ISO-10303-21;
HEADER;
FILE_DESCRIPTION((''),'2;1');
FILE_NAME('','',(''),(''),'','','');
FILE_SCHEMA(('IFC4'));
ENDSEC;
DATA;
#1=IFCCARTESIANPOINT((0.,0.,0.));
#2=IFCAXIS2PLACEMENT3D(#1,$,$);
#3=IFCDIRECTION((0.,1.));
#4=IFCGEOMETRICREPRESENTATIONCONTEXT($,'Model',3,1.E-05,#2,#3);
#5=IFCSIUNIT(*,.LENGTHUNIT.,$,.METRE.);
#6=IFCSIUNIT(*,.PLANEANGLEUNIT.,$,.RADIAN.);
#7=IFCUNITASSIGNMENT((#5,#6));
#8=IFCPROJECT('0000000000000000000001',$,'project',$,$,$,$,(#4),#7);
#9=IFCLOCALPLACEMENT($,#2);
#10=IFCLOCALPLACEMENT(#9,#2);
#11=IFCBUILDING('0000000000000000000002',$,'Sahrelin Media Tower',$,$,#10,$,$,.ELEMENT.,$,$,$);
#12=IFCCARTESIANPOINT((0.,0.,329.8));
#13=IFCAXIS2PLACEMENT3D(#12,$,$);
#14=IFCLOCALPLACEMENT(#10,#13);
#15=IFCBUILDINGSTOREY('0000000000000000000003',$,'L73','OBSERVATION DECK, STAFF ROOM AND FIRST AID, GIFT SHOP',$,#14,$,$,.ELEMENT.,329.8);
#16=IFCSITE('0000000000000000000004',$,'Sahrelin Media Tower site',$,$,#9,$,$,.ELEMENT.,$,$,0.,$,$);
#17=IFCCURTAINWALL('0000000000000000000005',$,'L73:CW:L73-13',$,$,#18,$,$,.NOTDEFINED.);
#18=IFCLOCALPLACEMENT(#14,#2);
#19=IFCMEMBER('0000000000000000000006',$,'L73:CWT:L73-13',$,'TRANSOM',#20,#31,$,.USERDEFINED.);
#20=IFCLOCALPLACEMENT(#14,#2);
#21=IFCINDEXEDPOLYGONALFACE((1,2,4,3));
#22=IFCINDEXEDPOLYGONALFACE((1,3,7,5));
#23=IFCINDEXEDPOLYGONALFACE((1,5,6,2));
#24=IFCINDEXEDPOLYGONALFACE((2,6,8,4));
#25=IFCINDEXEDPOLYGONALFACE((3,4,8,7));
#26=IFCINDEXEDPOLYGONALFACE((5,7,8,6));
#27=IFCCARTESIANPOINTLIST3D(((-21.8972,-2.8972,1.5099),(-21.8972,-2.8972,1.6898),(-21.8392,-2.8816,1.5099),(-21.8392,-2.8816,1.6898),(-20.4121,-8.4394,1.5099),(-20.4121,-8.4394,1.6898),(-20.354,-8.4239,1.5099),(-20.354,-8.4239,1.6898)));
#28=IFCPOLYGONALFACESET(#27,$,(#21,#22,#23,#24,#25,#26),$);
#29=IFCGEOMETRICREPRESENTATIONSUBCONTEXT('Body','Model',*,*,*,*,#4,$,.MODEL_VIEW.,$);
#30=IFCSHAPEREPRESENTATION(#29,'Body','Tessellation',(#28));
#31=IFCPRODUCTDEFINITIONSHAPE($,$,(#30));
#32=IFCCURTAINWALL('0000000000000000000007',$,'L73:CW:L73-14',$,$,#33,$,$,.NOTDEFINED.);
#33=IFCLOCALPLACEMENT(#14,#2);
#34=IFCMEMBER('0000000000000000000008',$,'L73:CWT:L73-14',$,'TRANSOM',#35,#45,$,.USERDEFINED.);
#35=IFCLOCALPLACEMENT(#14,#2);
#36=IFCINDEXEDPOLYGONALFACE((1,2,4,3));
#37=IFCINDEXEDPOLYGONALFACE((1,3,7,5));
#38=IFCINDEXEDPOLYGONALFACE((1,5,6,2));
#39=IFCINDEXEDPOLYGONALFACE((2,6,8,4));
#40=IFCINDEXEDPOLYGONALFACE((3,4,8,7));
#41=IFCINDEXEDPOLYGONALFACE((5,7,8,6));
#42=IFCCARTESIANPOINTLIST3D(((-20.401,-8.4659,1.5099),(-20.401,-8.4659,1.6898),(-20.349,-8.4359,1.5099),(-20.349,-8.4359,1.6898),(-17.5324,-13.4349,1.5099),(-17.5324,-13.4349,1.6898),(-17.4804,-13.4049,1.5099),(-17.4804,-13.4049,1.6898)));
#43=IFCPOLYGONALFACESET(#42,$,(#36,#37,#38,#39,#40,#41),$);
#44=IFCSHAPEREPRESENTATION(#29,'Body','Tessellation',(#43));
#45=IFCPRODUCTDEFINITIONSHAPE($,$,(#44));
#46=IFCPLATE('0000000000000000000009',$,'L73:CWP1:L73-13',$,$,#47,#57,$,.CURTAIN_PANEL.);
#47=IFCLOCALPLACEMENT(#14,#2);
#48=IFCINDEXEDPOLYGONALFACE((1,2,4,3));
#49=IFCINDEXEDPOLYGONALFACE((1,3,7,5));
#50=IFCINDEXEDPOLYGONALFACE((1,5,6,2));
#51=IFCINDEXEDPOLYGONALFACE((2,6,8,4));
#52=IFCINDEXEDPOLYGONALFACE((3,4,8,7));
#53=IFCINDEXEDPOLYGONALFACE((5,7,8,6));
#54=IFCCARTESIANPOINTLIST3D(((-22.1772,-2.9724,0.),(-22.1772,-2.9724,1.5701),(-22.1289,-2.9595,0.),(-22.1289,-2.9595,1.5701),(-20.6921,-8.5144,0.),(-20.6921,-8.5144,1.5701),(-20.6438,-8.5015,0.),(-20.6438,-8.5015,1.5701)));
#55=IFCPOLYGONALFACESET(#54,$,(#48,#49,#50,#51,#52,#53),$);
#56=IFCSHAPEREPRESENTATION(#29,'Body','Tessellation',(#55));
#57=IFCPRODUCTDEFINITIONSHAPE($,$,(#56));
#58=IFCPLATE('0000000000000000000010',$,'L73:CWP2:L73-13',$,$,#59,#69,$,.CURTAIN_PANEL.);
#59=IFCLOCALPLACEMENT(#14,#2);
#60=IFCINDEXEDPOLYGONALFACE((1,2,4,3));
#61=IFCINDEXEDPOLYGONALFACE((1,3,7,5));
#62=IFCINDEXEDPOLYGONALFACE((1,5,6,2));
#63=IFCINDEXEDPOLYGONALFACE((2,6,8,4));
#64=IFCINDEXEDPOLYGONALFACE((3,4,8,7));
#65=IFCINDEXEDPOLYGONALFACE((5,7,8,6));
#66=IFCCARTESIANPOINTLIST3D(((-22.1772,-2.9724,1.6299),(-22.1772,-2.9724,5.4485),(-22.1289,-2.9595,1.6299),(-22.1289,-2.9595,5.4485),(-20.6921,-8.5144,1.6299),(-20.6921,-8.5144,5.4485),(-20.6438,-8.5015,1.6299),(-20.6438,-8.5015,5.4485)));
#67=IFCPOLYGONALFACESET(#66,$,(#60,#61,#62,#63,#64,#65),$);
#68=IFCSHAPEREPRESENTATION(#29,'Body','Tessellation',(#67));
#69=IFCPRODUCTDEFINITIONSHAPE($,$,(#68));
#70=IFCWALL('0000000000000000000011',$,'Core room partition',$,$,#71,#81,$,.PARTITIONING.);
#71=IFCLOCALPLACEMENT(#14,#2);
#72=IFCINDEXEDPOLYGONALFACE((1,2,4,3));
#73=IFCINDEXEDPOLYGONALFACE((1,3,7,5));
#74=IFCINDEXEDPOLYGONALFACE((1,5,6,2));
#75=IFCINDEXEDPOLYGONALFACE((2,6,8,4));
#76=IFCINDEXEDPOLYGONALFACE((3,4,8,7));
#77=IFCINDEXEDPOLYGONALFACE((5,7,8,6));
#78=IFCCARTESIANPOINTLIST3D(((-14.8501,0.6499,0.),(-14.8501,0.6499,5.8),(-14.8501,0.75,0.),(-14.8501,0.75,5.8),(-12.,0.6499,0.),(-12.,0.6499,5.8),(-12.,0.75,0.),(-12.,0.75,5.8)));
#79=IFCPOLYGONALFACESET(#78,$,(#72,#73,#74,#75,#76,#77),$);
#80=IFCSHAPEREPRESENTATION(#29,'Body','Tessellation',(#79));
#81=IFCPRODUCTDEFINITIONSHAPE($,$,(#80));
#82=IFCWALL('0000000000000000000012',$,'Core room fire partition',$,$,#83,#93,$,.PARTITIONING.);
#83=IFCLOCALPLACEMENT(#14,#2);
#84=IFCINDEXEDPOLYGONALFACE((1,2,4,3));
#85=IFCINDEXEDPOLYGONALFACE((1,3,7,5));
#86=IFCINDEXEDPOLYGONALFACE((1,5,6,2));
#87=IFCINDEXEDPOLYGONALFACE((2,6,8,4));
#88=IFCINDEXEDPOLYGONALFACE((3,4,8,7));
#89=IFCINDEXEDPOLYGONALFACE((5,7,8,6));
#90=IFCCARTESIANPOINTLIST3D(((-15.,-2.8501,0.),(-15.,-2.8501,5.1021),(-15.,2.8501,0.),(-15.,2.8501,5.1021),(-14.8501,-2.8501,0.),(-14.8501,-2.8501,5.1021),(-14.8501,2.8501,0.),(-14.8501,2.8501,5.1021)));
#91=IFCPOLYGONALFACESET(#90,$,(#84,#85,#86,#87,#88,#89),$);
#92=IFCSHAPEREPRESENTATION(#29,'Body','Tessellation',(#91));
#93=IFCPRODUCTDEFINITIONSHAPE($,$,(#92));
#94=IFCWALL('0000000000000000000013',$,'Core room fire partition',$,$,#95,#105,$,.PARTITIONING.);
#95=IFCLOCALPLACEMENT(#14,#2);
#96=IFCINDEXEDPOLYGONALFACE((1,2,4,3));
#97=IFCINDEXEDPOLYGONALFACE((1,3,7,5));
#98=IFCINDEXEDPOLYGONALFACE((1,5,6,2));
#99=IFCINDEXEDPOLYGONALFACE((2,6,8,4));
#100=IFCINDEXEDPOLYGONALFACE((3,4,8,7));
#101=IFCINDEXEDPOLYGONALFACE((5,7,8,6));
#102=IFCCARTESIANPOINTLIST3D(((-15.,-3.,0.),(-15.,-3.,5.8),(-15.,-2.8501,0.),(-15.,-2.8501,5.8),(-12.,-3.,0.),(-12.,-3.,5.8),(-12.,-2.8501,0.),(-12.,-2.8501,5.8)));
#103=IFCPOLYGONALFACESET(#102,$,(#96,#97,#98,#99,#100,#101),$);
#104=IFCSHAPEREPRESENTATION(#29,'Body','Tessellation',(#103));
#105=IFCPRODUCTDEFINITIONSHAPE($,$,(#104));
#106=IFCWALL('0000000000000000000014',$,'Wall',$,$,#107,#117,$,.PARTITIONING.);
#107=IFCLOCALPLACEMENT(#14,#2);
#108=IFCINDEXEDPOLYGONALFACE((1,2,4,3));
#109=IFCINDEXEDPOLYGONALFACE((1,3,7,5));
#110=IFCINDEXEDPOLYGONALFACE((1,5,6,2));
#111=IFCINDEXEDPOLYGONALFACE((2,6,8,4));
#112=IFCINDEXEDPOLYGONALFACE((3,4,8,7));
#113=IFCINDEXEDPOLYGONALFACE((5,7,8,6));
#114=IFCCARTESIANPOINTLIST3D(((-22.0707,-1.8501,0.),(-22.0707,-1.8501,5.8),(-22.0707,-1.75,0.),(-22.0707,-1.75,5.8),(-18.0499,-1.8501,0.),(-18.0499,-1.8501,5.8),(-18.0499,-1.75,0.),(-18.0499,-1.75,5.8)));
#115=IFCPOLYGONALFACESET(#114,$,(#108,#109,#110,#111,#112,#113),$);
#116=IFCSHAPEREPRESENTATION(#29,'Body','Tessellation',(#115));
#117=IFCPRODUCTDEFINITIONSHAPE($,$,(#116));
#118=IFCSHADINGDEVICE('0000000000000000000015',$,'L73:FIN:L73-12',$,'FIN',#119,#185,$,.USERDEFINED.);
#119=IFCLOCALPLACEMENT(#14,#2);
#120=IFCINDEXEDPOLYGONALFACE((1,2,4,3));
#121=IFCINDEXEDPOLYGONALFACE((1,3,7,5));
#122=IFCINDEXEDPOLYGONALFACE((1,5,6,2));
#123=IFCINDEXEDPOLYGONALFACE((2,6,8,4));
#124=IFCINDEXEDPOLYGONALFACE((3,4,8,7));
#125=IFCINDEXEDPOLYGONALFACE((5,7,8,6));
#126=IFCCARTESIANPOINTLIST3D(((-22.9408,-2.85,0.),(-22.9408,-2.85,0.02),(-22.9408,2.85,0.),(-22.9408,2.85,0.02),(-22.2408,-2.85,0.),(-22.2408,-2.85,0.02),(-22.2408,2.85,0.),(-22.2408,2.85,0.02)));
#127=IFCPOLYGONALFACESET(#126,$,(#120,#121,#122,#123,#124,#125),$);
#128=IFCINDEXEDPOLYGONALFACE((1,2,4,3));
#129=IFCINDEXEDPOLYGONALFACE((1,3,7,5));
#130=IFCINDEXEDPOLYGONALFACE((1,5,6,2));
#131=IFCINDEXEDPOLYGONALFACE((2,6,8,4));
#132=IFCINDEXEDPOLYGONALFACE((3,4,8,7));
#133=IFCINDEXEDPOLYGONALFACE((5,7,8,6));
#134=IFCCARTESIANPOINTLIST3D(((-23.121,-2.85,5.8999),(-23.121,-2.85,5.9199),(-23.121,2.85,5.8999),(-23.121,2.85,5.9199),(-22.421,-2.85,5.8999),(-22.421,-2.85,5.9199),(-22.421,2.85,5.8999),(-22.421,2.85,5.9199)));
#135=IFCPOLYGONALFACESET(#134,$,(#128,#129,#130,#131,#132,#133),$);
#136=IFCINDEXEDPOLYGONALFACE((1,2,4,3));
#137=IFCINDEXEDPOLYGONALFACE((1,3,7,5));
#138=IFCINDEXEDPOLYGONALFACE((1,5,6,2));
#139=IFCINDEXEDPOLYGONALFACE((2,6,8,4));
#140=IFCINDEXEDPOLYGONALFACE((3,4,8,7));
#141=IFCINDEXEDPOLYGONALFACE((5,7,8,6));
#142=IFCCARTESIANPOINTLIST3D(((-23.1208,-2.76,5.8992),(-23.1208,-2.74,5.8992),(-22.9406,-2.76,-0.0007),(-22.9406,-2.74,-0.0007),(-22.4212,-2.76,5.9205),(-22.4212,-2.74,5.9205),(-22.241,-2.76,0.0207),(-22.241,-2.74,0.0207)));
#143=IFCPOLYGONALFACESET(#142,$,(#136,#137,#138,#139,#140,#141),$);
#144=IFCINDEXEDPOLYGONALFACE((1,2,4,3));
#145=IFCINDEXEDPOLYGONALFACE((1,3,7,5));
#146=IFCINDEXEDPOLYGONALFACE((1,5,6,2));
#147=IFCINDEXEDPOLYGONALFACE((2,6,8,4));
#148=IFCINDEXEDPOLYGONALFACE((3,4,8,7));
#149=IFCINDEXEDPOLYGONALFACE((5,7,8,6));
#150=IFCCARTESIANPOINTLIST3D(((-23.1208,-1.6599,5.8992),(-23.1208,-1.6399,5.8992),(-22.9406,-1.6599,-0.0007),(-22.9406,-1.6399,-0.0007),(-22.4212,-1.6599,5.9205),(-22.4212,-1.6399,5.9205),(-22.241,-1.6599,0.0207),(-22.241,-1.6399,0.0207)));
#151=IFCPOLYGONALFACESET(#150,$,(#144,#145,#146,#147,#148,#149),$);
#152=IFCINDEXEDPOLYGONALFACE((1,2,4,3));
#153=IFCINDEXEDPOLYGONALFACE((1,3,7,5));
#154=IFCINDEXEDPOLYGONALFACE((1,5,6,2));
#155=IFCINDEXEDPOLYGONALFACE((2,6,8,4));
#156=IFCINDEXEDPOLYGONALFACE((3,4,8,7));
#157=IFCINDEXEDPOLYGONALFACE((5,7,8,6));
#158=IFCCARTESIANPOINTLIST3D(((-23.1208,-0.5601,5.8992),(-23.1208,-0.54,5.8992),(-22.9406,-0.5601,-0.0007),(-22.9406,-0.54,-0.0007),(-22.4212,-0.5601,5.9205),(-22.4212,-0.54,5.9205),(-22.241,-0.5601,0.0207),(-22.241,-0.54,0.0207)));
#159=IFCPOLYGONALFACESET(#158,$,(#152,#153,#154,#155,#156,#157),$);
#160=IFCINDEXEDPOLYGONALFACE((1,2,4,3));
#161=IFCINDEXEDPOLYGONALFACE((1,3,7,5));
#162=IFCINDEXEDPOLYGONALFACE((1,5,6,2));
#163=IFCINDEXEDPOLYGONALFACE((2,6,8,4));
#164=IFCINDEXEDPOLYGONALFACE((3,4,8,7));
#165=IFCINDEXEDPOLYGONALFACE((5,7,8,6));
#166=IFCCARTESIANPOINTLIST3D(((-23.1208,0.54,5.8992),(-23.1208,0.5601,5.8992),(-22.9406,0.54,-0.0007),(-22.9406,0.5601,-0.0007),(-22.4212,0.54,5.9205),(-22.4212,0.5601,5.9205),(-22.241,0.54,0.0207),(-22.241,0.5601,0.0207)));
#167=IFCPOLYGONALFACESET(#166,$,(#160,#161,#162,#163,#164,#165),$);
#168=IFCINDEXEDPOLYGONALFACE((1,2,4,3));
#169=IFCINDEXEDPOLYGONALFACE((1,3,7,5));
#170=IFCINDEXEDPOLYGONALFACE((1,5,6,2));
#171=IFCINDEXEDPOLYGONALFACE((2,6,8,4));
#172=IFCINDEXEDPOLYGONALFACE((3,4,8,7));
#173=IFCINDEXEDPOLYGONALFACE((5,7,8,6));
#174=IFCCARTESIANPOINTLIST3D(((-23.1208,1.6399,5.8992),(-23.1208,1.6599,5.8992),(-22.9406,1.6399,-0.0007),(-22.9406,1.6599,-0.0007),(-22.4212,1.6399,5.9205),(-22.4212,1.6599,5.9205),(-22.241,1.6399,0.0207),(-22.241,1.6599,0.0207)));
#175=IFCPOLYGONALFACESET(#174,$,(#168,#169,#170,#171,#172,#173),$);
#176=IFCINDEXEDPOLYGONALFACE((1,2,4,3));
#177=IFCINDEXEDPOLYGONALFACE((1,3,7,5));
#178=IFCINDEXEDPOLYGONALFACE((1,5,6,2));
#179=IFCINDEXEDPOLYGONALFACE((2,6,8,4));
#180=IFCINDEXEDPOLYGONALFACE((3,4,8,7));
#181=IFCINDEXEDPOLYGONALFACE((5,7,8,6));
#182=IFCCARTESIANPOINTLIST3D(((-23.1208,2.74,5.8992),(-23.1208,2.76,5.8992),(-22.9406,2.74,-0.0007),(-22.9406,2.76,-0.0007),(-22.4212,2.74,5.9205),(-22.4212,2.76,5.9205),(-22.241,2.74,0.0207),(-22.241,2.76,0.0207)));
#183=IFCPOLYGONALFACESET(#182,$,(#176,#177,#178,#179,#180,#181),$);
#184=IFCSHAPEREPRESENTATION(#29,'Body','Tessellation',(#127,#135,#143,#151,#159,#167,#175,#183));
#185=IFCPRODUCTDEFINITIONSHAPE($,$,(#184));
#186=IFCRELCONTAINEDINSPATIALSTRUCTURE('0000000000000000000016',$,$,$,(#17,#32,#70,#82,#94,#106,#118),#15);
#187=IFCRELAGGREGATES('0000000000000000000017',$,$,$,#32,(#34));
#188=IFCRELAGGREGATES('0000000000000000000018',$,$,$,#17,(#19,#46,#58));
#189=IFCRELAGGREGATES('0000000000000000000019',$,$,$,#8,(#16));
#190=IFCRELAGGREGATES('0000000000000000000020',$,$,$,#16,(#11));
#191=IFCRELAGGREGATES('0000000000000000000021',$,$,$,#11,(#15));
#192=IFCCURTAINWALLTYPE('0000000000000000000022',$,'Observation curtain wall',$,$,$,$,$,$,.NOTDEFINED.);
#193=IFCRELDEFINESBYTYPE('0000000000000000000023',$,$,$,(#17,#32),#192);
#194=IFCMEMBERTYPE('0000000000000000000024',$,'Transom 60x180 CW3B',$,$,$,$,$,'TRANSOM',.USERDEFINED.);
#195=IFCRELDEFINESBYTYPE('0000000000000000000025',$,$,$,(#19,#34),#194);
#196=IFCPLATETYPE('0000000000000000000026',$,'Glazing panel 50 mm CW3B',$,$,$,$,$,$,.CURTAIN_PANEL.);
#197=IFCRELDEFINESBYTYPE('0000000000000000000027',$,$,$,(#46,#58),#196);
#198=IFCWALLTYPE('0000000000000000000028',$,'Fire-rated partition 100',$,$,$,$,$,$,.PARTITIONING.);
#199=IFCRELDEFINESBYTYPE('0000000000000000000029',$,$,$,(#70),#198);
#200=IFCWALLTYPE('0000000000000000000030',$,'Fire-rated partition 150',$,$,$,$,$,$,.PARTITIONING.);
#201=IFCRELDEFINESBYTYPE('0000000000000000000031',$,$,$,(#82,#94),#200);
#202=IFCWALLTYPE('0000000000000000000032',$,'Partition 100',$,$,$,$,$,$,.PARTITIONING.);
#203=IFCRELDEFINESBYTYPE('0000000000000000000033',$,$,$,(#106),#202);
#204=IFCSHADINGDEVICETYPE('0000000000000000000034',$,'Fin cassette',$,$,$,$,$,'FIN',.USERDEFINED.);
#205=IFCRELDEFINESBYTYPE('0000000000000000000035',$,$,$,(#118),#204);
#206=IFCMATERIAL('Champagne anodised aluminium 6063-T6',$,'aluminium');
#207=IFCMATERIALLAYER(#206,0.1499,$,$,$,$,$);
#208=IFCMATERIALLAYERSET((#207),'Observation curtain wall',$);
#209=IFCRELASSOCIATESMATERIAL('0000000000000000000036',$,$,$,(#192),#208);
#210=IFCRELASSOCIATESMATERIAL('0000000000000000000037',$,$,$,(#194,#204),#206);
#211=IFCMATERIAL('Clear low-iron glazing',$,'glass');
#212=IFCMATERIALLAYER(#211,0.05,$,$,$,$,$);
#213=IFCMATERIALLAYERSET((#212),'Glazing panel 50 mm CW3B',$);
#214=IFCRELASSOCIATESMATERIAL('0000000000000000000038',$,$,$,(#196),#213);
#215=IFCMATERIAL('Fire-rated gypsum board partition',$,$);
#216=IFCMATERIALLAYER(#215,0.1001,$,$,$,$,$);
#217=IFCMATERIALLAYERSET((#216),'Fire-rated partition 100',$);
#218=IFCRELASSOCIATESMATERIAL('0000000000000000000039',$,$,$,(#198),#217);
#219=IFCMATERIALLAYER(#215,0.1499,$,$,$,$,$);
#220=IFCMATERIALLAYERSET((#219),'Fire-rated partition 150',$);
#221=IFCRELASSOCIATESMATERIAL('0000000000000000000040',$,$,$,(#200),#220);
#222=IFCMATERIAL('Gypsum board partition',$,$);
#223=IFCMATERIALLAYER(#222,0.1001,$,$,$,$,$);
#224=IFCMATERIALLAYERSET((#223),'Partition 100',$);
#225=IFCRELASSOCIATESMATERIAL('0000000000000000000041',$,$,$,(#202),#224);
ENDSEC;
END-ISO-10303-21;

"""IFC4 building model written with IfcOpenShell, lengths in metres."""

from ifc_helpers import new_model, si_unit, direction, frame, frame_2d, origin, origin_2d, place, context, subcontext, project, spatial, polyline, rectangle, outline, extrude, material, layer, layer_set, material_profile, profile_set, type_object, element, aggregate, save


model = new_model("IFC4")

# Units and contexts
model_context = context("Model", 3, precision=1e-05, world=origin(), true_north=direction((0.0, 1.0)))
body_context = subcontext(model_context, "Body", "Model", "MODEL_VIEW")
ifc_project = project(units=[si_unit("LENGTHUNIT", "METRE"), si_unit("PLANEANGLEUNIT", "RADIAN")], contexts=[model_context])

# Site, building, storey
site_placement = place(None, origin())
site = spatial("IfcSite", under=ifc_project, at=site_placement, Name="Sahrelin Media Tower site", CompositionType="ELEMENT", RefElevation=0.0)
building_placement = place(site_placement, origin())
building = spatial("IfcBuilding", under=site, at=building_placement, Name="Sahrelin Media Tower", CompositionType="ELEMENT")
storey_placement = place(building_placement, frame((0.0, 0.0, 329.8)))
storey = spatial("IfcBuildingStorey", under=building, at=storey_placement, Name="L73", Description="OBSERVATION DECK, STAFF ROOM AND FIRST AID, GIFT SHOP", CompositionType="ELEMENT", Elevation=329.8)

# Curtain wall
ifc_material_1 = material(Name="Champagne anodised aluminium 6063-T6", Category="aluminium")
ifc_layer_1 = layer(ifc_material_1, 0.1499)
ifc_layer_set_1 = layer_set([ifc_layer_1], Name="Observation curtain wall")
curtain_wall_type = type_object("IfcCurtainWallType", Name="Observation curtain wall", PredefinedType="NOTDEFINED", material=ifc_layer_set_1)
curtain_wall_1_placement = place(storey_placement, frame((-21.4153, -5.7383, 0.0), z_axis=(0.0, 0.0, 1.0), x_axis=(1.0, 0.0, 0.0)))
curtain_wall_1 = element("IfcCurtainWall", 1, at=curtain_wall_1_placement, inside=storey, type_object=curtain_wall_type, Name="L73:CW:L73-13", PredefinedType="NOTDEFINED")

# Member
ifc_material_profile_1 = material_profile(ifc_material_1, rectangle(XDim=0.0601, YDim=0.1799, at=origin_2d()), Name="Transom 60x180")
ifc_profile_set_1 = profile_set([ifc_material_profile_1], Name="Champagne anodised aluminium 6063-T6")
member_type_1 = type_object("IfcMemberType", Name="Transom 60x180 CW3B", ElementType="TRANSOM", PredefinedType="USERDEFINED", material=ifc_profile_set_1)
member_1_placement = place(storey_placement, frame((-21.8682, -2.8894, 1.5999), z_axis=(0.25883, -0.965923, 0.0), x_axis=(0.965923, 0.25883, 0.0)))
member_1 = element("IfcMember", 2, at=member_1_placement, type_object=member_type_1, Name="L73:CWT:L73-13", ObjectType="TRANSOM", PredefinedType="USERDEFINED", context=body_context, shape_type="SweptSolid", body=[
    extrude(rectangle(XDim=0.0601, YDim=0.1799, at=origin_2d()), origin(), (0.0, 0.0, 1.0), 5.7378),
])

# Curtain wall, member
curtain_wall_2_placement = place(storey_placement, frame((-19.2004, -11.0854, 0.0), z_axis=(0.0, 0.0, 1.0), x_axis=(1.0, 0.0, 0.0)))
curtain_wall_2 = element("IfcCurtainWall", 3, at=curtain_wall_2_placement, inside=storey, type_object=curtain_wall_type, Name="L73:CW:L73-14", PredefinedType="NOTDEFINED")
member_2_placement = place(storey_placement, frame((-20.375, -8.4509, 1.5999), z_axis=(0.499974, -0.86604, 0.0), x_axis=(0.86604, 0.499974, 0.0)))
member_2 = element("IfcMember", 4, at=member_2_placement, type_object=member_type_1, Name="L73:CWT:L73-14", ObjectType="TRANSOM", PredefinedType="USERDEFINED", context=body_context, shape_type="SweptSolid", body=[
    extrude(rectangle(XDim=0.0601, YDim=0.1799, at=origin_2d()), origin(), (0.0, 0.0, 1.0), 5.7375),
])
aggregate(curtain_wall_2, [member_2])

# Plates
ifc_material_2 = material(Name="Clear low-iron glazing", Category="glass")
ifc_layer_2 = layer(ifc_material_2, 0.05)
ifc_layer_set_2 = layer_set([ifc_layer_2], Name="Glazing panel 50 mm CW3B")
plate_type = type_object("IfcPlateType", Name="Glazing panel 50 mm CW3B", PredefinedType="CURTAIN_PANEL", material=ifc_layer_set_2)
plate_1_placement = place(storey_placement, frame((-22.1772, -2.9724, 0.0), z_axis=(-0.96592, -0.258841, 0.0), x_axis=(0.258841, -0.96592, 0.0)))
plate_1 = element("IfcPlate", 5, at=plate_1_placement, type_object=plate_type, Name="L73:CWP1:L73-13", PredefinedType="CURTAIN_PANEL", context=body_context, shape_type="SweptSolid", body=[
    extrude(outline(polyline([(0.0, 0.0), (5.7375, 0.0), (5.7375, 1.5701), (0.0, 1.5701), (0.0, 0.0)])), origin(), (0.0, 0.0, -1.0), 0.05),
])
plate_2_placement = place(storey_placement, frame((-22.1772, -2.9724, 1.6299), z_axis=(-0.96592, -0.258841, 0.0), x_axis=(0.258841, -0.96592, 0.0)))
plate_2 = element("IfcPlate", 6, at=plate_2_placement, type_object=plate_type, Name="L73:CWP2:L73-13", PredefinedType="CURTAIN_PANEL", context=body_context, shape_type="SweptSolid", body=[
    extrude(outline(polyline([(0.0, 0.0), (5.7375, 0.0), (5.7375, 3.8186), (0.0, 3.8186), (0.0, 0.0)])), origin(), (0.0, 0.0, -1.0), 0.05),
])
aggregate(curtain_wall_1, [member_1, plate_1, plate_2])

# Walls
ifc_material_3 = material(Name="Fire-rated gypsum board partition")
ifc_layer_3 = layer(ifc_material_3, 0.1001)
ifc_layer_set_3 = layer_set([ifc_layer_3], Name="Fire-rated partition 100")
wall_type_1 = type_object("IfcWallType", Name="Fire-rated partition 100", PredefinedType="PARTITIONING", material=ifc_layer_set_3)
wall_1_placement = place(storey_placement, frame((-14.8501, 0.7, 0.0), z_axis=(0.0, 0.0, 1.0), x_axis=(1.0, 0.0, 0.0)))
element("IfcWall", 7, at=wall_1_placement, inside=storey, type_object=wall_type_1, Name="Core room partition", PredefinedType="PARTITIONING", context=body_context, shape_type="SweptSolid", body=[
    extrude(rectangle(XDim=2.8501, YDim=0.1001, at=frame_2d((1.425, 0.0))), origin(), (0.0, 0.0, 1.0), 5.8),
])
ifc_layer_4 = layer(ifc_material_3, 0.1499)
ifc_layer_set_4 = layer_set([ifc_layer_4], Name="Fire-rated partition 150")
wall_type_2 = type_object("IfcWallType", Name="Fire-rated partition 150", PredefinedType="PARTITIONING", material=ifc_layer_set_4)
wall_2_placement = place(storey_placement, frame((-14.925, -2.8501, 0.0), z_axis=(0.0, 0.0, 1.0), x_axis=(0.0, 1.0, 0.0)))
element("IfcWall", 8, at=wall_2_placement, inside=storey, type_object=wall_type_2, Name="Core room fire partition", PredefinedType="PARTITIONING", context=body_context, shape_type="SweptSolid", body=[
    extrude(rectangle(XDim=5.7002, YDim=0.1499, at=frame_2d((2.8501, 0.0))), origin(), (0.0, 0.0, 1.0), 5.1021),
])
wall_3_placement = place(storey_placement, frame((-15.0, -2.925, 0.0), z_axis=(0.0, 0.0, 1.0), x_axis=(1.0, 0.0, 0.0)))
element("IfcWall", 9, at=wall_3_placement, inside=storey, type_object=wall_type_2, Name="Core room fire partition", PredefinedType="PARTITIONING", context=body_context, shape_type="SweptSolid", body=[
    extrude(rectangle(XDim=3.0, YDim=0.1499, at=frame_2d((1.5, 0.0))), origin(), (0.0, 0.0, 1.0), 5.8),
])
ifc_material_4 = material(Name="Gypsum board partition")
ifc_layer_5 = layer(ifc_material_4, 0.1001)
ifc_layer_set_5 = layer_set([ifc_layer_5], Name="Partition 100")
wall_type_3 = type_object("IfcWallType", Name="Partition 100", PredefinedType="PARTITIONING", material=ifc_layer_set_5)
wall_4_placement = place(storey_placement, frame((-18.05, -1.8, 0.0), z_axis=(0.0, 0.0, 1.0), x_axis=(-1.0, 0.0, 0.0)))
element("IfcWall", 10, at=wall_4_placement, inside=storey, type_object=wall_type_3, Name="Wall", PredefinedType="PARTITIONING", context=body_context, shape_type="SweptSolid", body=[
    extrude(rectangle(XDim=4.0208, YDim=0.1001, at=frame_2d((2.0103, 0.0))), origin(), (0.0, 0.0, 1.0), 5.8),
])

# Shading device
shading_device_type_1 = type_object("IfcShadingDeviceType", Name="Fin cassette", ElementType="FIN", PredefinedType="USERDEFINED", material=ifc_material_1)
placement_1 = place(storey_placement, frame((-22.1709, 0.0, 0.0), z_axis=(0.0, 0.0, 1.0), x_axis=(0.0, 1.0, 0.0)))
element("IfcShadingDevice", 11, at=placement_1, inside=storey, type_object=shading_device_type_1, Name="L73:FIN:L73-12", ObjectType="FIN", PredefinedType="USERDEFINED", context=body_context, shape_type="SweptSolid", body=[
    extrude(rectangle(XDim=5.7, YDim=0.7, at=origin_2d()), frame((0.0, 0.4199, 0.0)), (0.0, 0.0, 1.0), 0.02),
    extrude(rectangle(XDim=5.7, YDim=0.7, at=origin_2d()), frame((0.0, 0.6001, 5.8999)), (0.0, 0.0, 1.0), 0.02),
    extrude(rectangle(XDim=0.02, YDim=0.7, at=origin_2d()), frame((-2.75, 0.4199, 0.01), z_axis=(0.0, 0.030525, 0.999534), x_axis=(-1.0, 0.0, 0.0)), (0.0, 0.0, 1.0), 5.9026),
    extrude(rectangle(XDim=0.02, YDim=0.7, at=origin_2d()), frame((-1.6499, 0.4199, 0.01), z_axis=(0.0, 0.030525, 0.999534), x_axis=(-1.0, 0.0, 0.0)), (0.0, 0.0, 1.0), 5.9026),
    extrude(rectangle(XDim=0.02, YDim=0.7, at=origin_2d()), frame((-0.55, 0.4199, 0.01), z_axis=(0.0, 0.030525, 0.999534), x_axis=(-1.0, 0.0, 0.0)), (0.0, 0.0, 1.0), 5.9026),
    extrude(rectangle(XDim=0.02, YDim=0.7, at=origin_2d()), frame((0.55, 0.4199, 0.01), z_axis=(0.0, 0.030525, 0.999534), x_axis=(-1.0, 0.0, 0.0)), (0.0, 0.0, 1.0), 5.9026),
    extrude(rectangle(XDim=0.02, YDim=0.7, at=origin_2d()), frame((1.6499, 0.4199, 0.01), z_axis=(0.0, 0.030525, 0.999534), x_axis=(-1.0, 0.0, 0.0)), (0.0, 0.0, 1.0), 5.9026),
    extrude(rectangle(XDim=0.02, YDim=0.7, at=origin_2d()), frame((2.75, 0.4199, 0.01), z_axis=(0.0, 0.030525, 0.999534), x_axis=(-1.0, 0.0, 0.0)), (0.0, 0.0, 1.0), 5.9026),
])

save(model, "model.ifc")
